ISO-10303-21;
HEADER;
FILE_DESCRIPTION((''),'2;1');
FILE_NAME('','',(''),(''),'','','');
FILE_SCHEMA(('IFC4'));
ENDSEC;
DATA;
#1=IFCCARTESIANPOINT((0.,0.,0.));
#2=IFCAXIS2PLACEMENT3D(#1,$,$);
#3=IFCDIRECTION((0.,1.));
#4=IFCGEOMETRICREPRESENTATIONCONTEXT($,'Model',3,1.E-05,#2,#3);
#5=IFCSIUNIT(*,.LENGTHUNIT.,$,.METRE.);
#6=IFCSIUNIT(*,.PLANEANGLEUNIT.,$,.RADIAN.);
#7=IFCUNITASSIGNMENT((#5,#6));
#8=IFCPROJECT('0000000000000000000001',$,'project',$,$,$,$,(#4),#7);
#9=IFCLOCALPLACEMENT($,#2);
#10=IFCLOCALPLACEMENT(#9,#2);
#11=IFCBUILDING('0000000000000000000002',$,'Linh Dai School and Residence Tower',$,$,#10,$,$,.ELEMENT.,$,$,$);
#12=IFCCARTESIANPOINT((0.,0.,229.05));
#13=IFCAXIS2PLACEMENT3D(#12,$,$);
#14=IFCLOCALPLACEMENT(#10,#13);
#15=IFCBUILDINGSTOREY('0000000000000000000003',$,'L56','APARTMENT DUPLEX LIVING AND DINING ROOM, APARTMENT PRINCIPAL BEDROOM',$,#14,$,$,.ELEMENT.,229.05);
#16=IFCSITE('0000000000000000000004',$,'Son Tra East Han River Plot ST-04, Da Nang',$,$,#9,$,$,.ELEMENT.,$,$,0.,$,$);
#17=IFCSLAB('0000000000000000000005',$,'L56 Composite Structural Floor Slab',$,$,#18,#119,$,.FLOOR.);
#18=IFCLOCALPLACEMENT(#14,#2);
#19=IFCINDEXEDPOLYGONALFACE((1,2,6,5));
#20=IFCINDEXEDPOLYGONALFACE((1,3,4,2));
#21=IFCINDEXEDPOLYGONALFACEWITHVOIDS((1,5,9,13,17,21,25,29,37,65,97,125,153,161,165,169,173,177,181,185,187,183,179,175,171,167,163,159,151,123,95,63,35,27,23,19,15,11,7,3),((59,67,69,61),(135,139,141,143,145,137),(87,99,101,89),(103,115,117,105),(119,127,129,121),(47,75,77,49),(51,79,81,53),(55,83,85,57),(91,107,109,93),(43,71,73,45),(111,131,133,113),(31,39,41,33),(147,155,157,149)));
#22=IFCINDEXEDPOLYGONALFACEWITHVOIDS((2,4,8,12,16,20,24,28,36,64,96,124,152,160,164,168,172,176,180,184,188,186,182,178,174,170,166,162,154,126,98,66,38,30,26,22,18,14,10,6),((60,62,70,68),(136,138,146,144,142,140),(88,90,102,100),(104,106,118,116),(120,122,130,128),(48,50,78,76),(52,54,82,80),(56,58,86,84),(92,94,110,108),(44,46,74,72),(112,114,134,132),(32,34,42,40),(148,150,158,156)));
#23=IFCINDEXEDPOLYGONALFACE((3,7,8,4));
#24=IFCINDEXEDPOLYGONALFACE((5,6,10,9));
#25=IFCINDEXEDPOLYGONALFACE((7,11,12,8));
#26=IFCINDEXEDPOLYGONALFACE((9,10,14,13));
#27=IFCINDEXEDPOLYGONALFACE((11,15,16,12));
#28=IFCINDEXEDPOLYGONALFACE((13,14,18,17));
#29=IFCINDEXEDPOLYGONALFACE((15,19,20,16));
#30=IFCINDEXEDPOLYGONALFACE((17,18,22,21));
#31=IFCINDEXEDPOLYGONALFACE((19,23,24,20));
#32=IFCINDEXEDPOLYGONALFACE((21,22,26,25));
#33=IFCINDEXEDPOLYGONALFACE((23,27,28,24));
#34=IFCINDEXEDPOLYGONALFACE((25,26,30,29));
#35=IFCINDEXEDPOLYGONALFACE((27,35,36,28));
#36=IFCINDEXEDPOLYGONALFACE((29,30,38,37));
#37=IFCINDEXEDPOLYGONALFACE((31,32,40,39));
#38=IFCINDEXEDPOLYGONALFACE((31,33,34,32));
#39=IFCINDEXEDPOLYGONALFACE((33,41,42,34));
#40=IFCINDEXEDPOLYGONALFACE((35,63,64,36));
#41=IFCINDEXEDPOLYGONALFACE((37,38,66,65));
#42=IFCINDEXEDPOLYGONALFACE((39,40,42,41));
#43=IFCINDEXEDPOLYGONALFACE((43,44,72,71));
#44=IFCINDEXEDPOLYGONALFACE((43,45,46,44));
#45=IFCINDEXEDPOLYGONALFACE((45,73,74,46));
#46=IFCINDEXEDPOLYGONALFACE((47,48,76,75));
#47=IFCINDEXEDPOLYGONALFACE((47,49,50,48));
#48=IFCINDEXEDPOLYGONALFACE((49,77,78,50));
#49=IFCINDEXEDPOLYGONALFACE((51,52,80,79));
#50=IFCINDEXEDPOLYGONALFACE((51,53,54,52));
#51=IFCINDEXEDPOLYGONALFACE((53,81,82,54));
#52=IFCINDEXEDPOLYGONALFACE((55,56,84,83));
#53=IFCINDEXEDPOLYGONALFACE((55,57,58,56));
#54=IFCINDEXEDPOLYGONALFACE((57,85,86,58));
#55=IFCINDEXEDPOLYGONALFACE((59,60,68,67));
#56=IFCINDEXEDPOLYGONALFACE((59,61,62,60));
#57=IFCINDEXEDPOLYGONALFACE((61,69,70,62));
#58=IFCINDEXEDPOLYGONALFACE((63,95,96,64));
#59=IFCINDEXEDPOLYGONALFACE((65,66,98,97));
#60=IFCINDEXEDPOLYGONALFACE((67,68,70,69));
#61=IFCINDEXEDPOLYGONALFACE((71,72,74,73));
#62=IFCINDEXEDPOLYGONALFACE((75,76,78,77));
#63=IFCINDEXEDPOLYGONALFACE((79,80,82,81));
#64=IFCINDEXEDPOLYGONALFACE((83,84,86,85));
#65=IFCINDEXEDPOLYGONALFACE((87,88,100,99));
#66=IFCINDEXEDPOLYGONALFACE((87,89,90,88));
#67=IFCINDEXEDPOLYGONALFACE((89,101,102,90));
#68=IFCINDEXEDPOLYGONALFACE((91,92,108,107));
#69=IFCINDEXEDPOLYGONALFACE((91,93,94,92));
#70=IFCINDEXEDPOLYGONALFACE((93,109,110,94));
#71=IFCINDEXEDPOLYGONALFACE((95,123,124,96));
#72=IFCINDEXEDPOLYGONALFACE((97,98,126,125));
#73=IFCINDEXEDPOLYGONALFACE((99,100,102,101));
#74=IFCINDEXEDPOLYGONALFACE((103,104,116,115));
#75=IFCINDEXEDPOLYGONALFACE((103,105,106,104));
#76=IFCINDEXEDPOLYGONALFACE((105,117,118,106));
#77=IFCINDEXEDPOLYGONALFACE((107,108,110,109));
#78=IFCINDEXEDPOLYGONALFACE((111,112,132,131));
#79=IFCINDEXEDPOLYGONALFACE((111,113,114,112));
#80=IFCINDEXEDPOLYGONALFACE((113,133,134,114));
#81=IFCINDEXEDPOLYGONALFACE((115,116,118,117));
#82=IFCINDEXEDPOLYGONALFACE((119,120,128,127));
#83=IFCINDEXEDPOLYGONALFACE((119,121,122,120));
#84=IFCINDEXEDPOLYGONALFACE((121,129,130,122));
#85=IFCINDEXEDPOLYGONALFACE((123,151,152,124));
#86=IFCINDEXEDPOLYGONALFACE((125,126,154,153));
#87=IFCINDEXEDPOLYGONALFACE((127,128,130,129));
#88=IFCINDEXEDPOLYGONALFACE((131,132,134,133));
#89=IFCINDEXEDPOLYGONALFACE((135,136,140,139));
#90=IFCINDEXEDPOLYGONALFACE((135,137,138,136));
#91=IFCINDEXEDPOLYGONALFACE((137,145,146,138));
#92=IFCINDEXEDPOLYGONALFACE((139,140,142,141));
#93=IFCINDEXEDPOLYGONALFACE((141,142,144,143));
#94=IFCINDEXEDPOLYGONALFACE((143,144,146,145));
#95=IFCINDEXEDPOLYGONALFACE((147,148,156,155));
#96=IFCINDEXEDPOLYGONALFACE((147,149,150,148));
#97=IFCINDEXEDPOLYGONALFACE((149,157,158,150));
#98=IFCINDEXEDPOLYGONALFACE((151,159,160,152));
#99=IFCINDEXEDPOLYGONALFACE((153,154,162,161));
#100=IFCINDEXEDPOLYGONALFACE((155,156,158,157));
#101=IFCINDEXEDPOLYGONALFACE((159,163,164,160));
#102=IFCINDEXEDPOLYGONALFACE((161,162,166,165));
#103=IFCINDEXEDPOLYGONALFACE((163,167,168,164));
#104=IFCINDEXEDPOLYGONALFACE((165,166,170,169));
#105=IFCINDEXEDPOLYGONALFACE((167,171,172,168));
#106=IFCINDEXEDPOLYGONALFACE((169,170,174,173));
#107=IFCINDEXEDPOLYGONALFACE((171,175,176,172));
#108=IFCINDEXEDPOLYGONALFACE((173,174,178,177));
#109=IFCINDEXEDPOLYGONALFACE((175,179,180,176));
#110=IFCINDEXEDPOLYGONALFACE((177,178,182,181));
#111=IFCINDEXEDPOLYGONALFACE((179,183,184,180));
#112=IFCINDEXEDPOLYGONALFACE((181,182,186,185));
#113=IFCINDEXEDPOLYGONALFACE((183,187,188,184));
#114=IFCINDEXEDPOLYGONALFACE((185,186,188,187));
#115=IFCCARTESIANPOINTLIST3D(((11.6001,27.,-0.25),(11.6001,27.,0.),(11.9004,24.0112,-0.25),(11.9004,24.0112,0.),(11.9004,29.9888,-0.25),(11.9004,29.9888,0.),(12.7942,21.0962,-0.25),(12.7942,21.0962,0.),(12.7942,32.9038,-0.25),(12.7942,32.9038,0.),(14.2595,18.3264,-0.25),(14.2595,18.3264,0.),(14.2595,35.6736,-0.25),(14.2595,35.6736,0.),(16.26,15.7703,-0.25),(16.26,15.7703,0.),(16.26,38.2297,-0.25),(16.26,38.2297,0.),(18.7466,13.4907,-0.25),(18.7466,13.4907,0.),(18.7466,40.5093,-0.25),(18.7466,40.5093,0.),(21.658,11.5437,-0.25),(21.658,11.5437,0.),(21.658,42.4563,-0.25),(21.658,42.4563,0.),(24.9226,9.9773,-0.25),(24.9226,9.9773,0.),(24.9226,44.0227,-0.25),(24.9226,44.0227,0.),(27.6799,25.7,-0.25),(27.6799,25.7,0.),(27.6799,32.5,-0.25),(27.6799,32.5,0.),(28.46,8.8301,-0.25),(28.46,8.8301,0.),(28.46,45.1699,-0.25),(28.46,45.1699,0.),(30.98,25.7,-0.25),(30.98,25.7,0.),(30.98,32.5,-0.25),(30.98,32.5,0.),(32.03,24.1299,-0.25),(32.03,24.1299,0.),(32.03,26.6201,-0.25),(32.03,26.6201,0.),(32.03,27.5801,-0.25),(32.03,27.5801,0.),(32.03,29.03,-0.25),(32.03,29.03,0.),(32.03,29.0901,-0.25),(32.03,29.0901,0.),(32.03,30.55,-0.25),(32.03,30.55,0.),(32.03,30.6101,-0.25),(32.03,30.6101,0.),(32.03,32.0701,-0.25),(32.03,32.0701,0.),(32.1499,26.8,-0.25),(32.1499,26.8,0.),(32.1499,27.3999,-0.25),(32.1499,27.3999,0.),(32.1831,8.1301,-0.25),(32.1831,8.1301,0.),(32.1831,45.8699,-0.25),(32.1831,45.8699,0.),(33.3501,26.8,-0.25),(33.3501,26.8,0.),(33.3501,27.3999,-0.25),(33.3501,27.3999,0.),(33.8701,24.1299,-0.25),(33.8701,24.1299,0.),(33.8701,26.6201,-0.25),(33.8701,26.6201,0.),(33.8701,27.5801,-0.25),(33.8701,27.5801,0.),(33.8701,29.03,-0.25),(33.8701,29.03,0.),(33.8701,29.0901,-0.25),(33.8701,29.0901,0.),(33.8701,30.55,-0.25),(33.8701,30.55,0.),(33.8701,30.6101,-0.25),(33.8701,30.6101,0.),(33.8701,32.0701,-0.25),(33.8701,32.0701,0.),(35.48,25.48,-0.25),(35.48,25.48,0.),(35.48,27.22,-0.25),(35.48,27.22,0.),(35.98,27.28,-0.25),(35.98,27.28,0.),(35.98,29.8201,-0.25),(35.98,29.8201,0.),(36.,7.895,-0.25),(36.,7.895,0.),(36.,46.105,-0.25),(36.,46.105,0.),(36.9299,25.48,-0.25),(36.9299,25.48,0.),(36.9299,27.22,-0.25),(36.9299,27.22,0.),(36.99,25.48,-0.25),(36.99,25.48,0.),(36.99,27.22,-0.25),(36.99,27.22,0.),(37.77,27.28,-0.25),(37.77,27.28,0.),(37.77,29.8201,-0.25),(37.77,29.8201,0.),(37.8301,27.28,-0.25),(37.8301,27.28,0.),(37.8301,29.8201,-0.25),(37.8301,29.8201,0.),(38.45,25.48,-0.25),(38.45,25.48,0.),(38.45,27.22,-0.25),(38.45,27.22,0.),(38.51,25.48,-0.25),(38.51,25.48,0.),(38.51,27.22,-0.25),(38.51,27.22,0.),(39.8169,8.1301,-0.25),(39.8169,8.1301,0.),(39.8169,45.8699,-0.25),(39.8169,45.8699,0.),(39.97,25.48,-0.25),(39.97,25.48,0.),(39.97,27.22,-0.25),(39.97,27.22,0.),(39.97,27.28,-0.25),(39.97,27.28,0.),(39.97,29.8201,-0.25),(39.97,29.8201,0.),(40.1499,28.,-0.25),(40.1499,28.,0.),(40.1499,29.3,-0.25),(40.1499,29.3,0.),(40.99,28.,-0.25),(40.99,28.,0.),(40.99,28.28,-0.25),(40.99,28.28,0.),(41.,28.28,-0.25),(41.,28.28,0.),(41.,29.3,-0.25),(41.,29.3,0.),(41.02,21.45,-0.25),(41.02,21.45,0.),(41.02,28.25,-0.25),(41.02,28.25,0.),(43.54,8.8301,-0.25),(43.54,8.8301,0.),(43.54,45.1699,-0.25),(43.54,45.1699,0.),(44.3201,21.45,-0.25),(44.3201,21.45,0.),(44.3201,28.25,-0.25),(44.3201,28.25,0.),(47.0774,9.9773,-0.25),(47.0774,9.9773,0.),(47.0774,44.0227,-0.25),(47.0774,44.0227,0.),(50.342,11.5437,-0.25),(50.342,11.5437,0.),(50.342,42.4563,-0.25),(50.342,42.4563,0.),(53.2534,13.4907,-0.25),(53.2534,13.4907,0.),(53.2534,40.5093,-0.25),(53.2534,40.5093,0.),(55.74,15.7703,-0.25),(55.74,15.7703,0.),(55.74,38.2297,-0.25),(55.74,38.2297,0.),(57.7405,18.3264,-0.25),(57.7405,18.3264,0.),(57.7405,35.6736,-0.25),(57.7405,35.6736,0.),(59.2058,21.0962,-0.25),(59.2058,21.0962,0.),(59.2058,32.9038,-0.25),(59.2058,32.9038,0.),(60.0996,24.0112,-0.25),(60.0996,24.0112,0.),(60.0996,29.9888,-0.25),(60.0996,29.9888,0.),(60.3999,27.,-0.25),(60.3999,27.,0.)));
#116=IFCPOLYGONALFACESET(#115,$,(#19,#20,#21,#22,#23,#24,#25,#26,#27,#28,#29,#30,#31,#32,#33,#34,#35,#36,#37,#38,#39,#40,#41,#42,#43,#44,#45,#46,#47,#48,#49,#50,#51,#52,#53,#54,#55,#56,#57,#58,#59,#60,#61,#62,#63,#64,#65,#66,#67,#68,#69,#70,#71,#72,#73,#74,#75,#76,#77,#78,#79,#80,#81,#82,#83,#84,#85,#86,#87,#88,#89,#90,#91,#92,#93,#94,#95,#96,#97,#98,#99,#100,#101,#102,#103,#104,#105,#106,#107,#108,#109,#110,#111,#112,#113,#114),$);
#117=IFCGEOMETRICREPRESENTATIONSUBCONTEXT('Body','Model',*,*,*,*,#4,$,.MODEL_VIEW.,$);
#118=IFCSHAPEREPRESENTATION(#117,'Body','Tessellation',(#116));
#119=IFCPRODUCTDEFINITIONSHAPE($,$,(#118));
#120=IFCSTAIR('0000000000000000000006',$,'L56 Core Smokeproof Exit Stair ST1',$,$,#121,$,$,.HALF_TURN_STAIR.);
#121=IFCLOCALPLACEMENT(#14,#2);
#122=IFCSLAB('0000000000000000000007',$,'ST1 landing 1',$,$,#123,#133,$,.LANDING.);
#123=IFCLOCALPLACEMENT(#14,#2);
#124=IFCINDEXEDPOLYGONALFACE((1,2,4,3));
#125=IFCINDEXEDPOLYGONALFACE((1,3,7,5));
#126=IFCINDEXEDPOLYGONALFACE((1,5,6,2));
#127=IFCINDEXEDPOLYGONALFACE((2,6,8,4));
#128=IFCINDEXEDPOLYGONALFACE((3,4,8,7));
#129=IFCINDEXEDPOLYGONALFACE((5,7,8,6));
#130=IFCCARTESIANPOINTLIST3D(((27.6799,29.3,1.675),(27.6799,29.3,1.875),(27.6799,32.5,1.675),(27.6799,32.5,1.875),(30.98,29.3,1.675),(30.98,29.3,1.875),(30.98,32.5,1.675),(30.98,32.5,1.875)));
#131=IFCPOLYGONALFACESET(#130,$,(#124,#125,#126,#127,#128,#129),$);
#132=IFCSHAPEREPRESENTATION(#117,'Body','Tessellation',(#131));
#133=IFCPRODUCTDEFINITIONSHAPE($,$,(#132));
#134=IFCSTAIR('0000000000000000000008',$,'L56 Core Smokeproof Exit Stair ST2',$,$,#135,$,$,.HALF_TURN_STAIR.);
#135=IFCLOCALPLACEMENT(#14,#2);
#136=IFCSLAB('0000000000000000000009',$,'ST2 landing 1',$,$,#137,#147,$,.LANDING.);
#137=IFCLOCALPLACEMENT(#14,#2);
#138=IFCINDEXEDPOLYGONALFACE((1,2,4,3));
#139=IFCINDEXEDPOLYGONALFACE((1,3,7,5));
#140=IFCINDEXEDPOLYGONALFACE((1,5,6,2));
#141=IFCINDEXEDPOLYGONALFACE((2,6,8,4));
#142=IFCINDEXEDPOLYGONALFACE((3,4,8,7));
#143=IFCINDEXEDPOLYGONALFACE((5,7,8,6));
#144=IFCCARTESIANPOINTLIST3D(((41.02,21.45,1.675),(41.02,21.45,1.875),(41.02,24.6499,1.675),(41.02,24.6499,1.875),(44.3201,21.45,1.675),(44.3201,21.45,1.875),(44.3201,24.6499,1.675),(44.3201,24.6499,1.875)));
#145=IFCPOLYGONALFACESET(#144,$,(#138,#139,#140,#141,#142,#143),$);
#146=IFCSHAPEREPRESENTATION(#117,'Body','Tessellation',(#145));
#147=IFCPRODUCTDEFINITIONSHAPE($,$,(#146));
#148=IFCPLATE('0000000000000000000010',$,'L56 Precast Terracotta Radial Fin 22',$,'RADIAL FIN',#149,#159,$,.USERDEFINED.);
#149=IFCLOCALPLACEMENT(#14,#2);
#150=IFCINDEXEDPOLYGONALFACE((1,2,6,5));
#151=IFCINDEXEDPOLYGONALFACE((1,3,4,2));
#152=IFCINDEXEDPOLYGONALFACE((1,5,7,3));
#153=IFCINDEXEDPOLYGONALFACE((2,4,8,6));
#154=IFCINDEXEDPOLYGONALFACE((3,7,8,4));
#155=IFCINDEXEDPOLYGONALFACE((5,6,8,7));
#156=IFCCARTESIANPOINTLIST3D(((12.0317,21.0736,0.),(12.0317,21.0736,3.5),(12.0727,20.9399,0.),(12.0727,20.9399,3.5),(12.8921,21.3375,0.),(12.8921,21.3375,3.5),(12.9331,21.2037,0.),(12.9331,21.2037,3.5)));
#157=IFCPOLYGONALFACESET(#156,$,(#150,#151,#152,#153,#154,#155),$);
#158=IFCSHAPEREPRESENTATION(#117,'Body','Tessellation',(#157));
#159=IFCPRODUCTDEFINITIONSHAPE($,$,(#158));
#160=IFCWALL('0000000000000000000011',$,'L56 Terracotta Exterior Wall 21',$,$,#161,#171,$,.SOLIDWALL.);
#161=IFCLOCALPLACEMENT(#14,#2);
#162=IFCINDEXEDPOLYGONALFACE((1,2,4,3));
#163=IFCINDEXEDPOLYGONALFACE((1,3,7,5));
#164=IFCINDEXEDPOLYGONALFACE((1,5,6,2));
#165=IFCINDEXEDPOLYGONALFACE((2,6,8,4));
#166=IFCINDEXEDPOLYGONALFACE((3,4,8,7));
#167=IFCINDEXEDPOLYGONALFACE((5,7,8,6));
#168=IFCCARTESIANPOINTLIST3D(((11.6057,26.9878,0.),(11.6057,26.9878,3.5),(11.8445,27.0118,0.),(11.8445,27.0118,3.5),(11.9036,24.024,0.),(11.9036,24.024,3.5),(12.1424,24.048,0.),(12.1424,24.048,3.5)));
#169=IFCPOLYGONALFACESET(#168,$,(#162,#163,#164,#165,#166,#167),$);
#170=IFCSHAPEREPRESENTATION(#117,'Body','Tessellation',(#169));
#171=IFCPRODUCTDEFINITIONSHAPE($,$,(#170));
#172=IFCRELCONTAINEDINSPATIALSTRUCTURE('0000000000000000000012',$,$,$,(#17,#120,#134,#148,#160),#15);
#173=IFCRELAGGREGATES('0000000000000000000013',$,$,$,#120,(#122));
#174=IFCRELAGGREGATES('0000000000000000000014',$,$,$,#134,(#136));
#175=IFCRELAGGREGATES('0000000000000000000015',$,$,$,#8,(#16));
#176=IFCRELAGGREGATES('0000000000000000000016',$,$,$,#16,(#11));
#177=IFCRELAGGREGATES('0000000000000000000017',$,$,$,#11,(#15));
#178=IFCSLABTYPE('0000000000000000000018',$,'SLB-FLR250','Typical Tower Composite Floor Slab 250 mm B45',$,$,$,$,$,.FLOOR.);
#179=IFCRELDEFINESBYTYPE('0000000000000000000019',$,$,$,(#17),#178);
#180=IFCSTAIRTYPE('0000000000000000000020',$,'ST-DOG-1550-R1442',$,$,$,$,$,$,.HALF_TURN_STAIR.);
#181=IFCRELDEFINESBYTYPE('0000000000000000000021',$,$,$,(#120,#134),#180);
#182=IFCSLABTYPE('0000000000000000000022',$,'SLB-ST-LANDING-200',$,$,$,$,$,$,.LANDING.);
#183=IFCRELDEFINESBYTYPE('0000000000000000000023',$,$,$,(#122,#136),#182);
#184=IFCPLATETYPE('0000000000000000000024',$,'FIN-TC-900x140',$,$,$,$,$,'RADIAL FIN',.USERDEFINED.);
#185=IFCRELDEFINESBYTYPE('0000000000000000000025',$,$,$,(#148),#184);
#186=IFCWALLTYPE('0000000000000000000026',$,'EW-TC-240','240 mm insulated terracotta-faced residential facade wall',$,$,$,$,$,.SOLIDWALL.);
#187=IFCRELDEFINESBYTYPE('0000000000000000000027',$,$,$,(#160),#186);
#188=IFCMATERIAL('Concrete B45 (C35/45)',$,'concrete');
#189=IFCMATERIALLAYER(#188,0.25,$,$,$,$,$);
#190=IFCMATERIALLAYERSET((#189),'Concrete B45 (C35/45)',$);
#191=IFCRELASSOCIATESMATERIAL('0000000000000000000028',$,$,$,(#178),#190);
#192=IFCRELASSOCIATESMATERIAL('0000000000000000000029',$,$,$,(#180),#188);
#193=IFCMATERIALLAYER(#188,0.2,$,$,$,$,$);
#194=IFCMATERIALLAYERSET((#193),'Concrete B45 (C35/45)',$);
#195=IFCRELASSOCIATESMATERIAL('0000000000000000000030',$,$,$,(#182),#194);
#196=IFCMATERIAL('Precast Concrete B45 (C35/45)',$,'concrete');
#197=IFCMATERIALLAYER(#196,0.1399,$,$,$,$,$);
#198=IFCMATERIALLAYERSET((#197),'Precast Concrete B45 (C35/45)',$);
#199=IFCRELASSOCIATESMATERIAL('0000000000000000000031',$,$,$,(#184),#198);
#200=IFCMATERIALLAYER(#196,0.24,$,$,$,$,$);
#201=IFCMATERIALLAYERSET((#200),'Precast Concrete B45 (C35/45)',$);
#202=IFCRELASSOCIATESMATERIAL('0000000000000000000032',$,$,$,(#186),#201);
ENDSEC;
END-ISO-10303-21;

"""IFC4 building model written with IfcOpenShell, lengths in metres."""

from ifc_helpers import new_model, si_unit, direction, frame, frame_2d, origin, origin_2d, place, context, subcontext, project, spatial, polyline, rectangle, outline, extrude, source, transform, mapped, material, layer, layer_set, type_object, element, aggregate, save


model = new_model("IFC4")

# Units and contexts
model_context = context("Model", 3, precision=1e-05, world=origin(), true_north=direction((0.0, 1.0)))
body_context = subcontext(model_context, "Body", "Model", "MODEL_VIEW")
ifc_project = project(units=[si_unit("LENGTHUNIT", "METRE"), si_unit("PLANEANGLEUNIT", "RADIAN")], contexts=[model_context])

# Site, building, storey
site_placement = place(None, origin())
site = spatial("IfcSite", under=ifc_project, at=site_placement, Name="Son Tra East Han River Plot ST-04, Da Nang", CompositionType="ELEMENT", RefElevation=0.0)
building_placement = place(site_placement, origin())
building = spatial("IfcBuilding", under=site, at=building_placement, Name="Linh Dai School and Residence Tower", CompositionType="ELEMENT")
storey_placement = place(building_placement, frame((0.0, 0.0, 229.05)))
storey = spatial("IfcBuildingStorey", under=building, at=storey_placement, Name="L56", Description="APARTMENT DUPLEX LIVING AND DINING ROOM, APARTMENT PRINCIPAL BEDROOM", CompositionType="ELEMENT", Elevation=229.05)

# Slab
ifc_material_1 = material(Name="Concrete B45 (C35/45)", Category="concrete")
ifc_layer_1 = layer(ifc_material_1, 0.25)
ifc_layer_set_1 = layer_set([ifc_layer_1], Name="Concrete B45 (C35/45)")
slab_type_1 = type_object("IfcSlabType", Name="SLB-FLR250", Description="Typical Tower Composite Floor Slab 250 mm B45", PredefinedType="FLOOR", material=ifc_layer_set_1)
slab_1_placement = place(storey_placement, frame((0.0, 0.0, -0.25)))
element("IfcSlab", 1, at=slab_1_placement, inside=storey, type_object=slab_type_1, Name="L56 Composite Structural Floor Slab", PredefinedType="FLOOR", context=body_context, shape_type="SweptSolid", body=[
    extrude(outline(polyline([(60.3999, 27.0), (60.0996, 29.9888), (59.2058, 32.9038), (57.7405, 35.6736), (55.74, 38.2297), (53.2534, 40.5093), (50.342, 42.4563), (47.0774, 44.0227), (43.54, 45.1699), (39.8169, 45.8699), (36.0, 46.105), (32.1831, 45.8699), (28.46, 45.1699), (24.9226, 44.0227), (21.658, 42.4563), (18.7466, 40.5093), (16.26, 38.2297), (14.2595, 35.6736), (12.7942, 32.9038), (11.9004, 29.9888), (11.6001, 27.0), (11.9004, 24.0112), (12.7942, 21.0962), (14.2595, 18.3264), (16.26, 15.7703), (18.7466, 13.4907), (21.658, 11.5437), (24.9226, 9.9773), (28.46, 8.8301), (32.1831, 8.1301), (36.0, 7.895), (39.8169, 8.1301), (43.54, 8.8301), (47.0774, 9.9773), (50.342, 11.5437), (53.2534, 13.4907), (55.74, 15.7703), (57.7405, 18.3264), (59.2058, 21.0962), (60.0996, 24.0112), (60.3999, 27.0)]), holes=[polyline([(30.98, 25.7), (30.98, 32.5), (27.6799, 32.5), (27.6799, 25.7), (30.98, 25.7)]), polyline([(41.02, 28.25), (41.02, 21.45), (44.3201, 21.45), (44.3201, 28.25), (41.02, 28.25)]), polyline([(35.98, 27.28), (37.77, 27.28), (37.77, 29.8201), (35.98, 29.8201), (35.98, 27.28)]), polyline([(32.03, 24.1299), (33.8701, 24.1299), (33.8701, 26.6201), (32.03, 26.6201), (32.03, 24.1299)]), polyline([(37.8301, 27.28), (39.97, 27.28), (39.97, 29.8201), (37.8301, 29.8201), (37.8301, 27.28)]), polyline([(32.03, 27.5801), (33.8701, 27.5801), (33.8701, 29.03), (32.03, 29.03), (32.03, 27.5801)]), polyline([(32.03, 29.0901), (33.8701, 29.0901), (33.8701, 30.55), (32.03, 30.55), (32.03, 29.0901)]), polyline([(32.03, 30.6101), (33.8701, 30.6101), (33.8701, 32.0701), (32.03, 32.0701), (32.03, 30.6101)]), polyline([(35.48, 25.48), (36.9299, 25.48), (36.9299, 27.22), (35.48, 27.22), (35.48, 25.48)]), polyline([(36.99, 25.48), (38.45, 25.48), (38.45, 27.22), (36.99, 27.22), (36.99, 25.48)]), polyline([(38.51, 25.48), (39.97, 25.48), (39.97, 27.22), (38.51, 27.22), (38.51, 25.48)]), polyline([(40.1499, 28.0), (40.1499, 29.3), (41.0, 29.3), (41.0, 28.28), (40.99, 28.28), (40.99, 28.0), (40.1499, 28.0)]), polyline([(32.1499, 26.8), (33.3501, 26.8), (33.3501, 27.3999), (32.1499, 27.3999), (32.1499, 26.8)])]), origin(), (0.0, 0.0, 1.0), 0.25),
])

# Stairs, slabs
stair_type = type_object("IfcStairType", Name="ST-DOG-1550-R1442", PredefinedType="HALF_TURN_STAIR", material=ifc_material_1)
stair_1_placement = place(storey_placement, origin())
stair_1 = element("IfcStair", 2, at=stair_1_placement, inside=storey, type_object=stair_type, Name="L56 Core Smokeproof Exit Stair ST1", PredefinedType="HALF_TURN_STAIR")
ifc_layer_2 = layer(ifc_material_1, 0.2)
ifc_layer_set_2 = layer_set([ifc_layer_2], Name="Concrete B45 (C35/45)")
slab_type_2 = type_object("IfcSlabType", Name="SLB-ST-LANDING-200", PredefinedType="LANDING", material=ifc_layer_set_2)
slab_2_placement = place(storey_placement, frame((0.0, 0.0, 1.675)))
slab_2 = element("IfcSlab", 3, at=slab_2_placement, type_object=slab_type_2, Name="ST1 landing 1", PredefinedType="LANDING", context=body_context, shape_type="SweptSolid", body=[
    extrude(outline(polyline([(30.98, 29.3), (30.98, 32.5), (27.6799, 32.5), (27.6799, 29.3), (30.98, 29.3)])), origin(), (0.0, 0.0, 1.0), 0.2),
])
aggregate(stair_1, [slab_2])
stair_2_placement = place(storey_placement, origin())
stair_2 = element("IfcStair", 4, at=stair_2_placement, inside=storey, type_object=stair_type, Name="L56 Core Smokeproof Exit Stair ST2", PredefinedType="HALF_TURN_STAIR")
slab_3_placement = place(storey_placement, frame((0.0, 0.0, 1.675)))
slab_3 = element("IfcSlab", 5, at=slab_3_placement, type_object=slab_type_2, Name="ST2 landing 1", PredefinedType="LANDING", context=body_context, shape_type="SweptSolid", body=[
    extrude(outline(polyline([(41.02, 24.6499), (41.02, 21.45), (44.3201, 21.45), (44.3201, 24.6499), (41.02, 24.6499)])), origin(), (0.0, 0.0, 1.0), 0.2),
])
aggregate(stair_2, [slab_3])

# Plate
ifc_material_2 = material(Name="Precast Concrete B45 (C35/45)", Category="concrete")
ifc_layer_3 = layer(ifc_material_2, 0.1399)
ifc_layer_set_3 = layer_set([ifc_layer_3], Name="Precast Concrete B45 (C35/45)")
plate_type = type_object("IfcPlateType", Name="FIN-TC-900x140", ElementType="RADIAL FIN", PredefinedType="USERDEFINED", material=ifc_layer_set_3)
shared_shape_1 = source(origin(), body_context, "Body", "SweptSolid", [
    extrude(rectangle(XDim=0.8999, YDim=0.1399, at=origin_2d()), origin(), (0.0, 0.0, 1.0), 3.5),
])
plate_placement = place(storey_placement, frame((12.4824, 21.1387, 0.0), z_axis=(0.0, 0.0, 1.0), x_axis=(-0.956064, -0.293157, 0.0)))
element("IfcPlate", 6, at=plate_placement, inside=storey, type_object=plate_type, Name="L56 Precast Terracotta Radial Fin 22", ObjectType="RADIAL FIN", PredefinedType="USERDEFINED", context=body_context, shape_type="MappedRepresentation", body=[
    mapped(shared_shape_1, transform((0.0, 0.0, 0.0), x_axis=(1.0, 0.0, 0.0), y_axis=(0.0, 1.0, 0.0), z_axis=(0.0, 0.0, 1.0), scale=1.0)),
])

# Wall
ifc_layer_4 = layer(ifc_material_2, 0.24)
ifc_layer_set_4 = layer_set([ifc_layer_4], Name="Precast Concrete B45 (C35/45)")
wall_type_1 = type_object("IfcWallType", Name="EW-TC-240", Description="240 mm insulated terracotta-faced residential facade wall", PredefinedType="SOLIDWALL", material=ifc_layer_set_4)
wall_1_placement = place(storey_placement, frame((12.0229, 24.0361, 0.0), z_axis=(0.0, 0.0, 1.0), x_axis=(-0.099991, 0.994988, 0.0)))
element("IfcWall", 7, at=wall_1_placement, inside=storey, type_object=wall_type_1, Name="L56 Terracotta Exterior Wall 21", PredefinedType="SOLIDWALL", context=body_context, shape_type="SweptSolid", body=[
    extrude(rectangle(XDim=2.9788, YDim=0.24, at=frame_2d((1.4893, 0.0))), origin(), (0.0, 0.0, 1.0), 3.5),
])

save(model, "model.ifc")
